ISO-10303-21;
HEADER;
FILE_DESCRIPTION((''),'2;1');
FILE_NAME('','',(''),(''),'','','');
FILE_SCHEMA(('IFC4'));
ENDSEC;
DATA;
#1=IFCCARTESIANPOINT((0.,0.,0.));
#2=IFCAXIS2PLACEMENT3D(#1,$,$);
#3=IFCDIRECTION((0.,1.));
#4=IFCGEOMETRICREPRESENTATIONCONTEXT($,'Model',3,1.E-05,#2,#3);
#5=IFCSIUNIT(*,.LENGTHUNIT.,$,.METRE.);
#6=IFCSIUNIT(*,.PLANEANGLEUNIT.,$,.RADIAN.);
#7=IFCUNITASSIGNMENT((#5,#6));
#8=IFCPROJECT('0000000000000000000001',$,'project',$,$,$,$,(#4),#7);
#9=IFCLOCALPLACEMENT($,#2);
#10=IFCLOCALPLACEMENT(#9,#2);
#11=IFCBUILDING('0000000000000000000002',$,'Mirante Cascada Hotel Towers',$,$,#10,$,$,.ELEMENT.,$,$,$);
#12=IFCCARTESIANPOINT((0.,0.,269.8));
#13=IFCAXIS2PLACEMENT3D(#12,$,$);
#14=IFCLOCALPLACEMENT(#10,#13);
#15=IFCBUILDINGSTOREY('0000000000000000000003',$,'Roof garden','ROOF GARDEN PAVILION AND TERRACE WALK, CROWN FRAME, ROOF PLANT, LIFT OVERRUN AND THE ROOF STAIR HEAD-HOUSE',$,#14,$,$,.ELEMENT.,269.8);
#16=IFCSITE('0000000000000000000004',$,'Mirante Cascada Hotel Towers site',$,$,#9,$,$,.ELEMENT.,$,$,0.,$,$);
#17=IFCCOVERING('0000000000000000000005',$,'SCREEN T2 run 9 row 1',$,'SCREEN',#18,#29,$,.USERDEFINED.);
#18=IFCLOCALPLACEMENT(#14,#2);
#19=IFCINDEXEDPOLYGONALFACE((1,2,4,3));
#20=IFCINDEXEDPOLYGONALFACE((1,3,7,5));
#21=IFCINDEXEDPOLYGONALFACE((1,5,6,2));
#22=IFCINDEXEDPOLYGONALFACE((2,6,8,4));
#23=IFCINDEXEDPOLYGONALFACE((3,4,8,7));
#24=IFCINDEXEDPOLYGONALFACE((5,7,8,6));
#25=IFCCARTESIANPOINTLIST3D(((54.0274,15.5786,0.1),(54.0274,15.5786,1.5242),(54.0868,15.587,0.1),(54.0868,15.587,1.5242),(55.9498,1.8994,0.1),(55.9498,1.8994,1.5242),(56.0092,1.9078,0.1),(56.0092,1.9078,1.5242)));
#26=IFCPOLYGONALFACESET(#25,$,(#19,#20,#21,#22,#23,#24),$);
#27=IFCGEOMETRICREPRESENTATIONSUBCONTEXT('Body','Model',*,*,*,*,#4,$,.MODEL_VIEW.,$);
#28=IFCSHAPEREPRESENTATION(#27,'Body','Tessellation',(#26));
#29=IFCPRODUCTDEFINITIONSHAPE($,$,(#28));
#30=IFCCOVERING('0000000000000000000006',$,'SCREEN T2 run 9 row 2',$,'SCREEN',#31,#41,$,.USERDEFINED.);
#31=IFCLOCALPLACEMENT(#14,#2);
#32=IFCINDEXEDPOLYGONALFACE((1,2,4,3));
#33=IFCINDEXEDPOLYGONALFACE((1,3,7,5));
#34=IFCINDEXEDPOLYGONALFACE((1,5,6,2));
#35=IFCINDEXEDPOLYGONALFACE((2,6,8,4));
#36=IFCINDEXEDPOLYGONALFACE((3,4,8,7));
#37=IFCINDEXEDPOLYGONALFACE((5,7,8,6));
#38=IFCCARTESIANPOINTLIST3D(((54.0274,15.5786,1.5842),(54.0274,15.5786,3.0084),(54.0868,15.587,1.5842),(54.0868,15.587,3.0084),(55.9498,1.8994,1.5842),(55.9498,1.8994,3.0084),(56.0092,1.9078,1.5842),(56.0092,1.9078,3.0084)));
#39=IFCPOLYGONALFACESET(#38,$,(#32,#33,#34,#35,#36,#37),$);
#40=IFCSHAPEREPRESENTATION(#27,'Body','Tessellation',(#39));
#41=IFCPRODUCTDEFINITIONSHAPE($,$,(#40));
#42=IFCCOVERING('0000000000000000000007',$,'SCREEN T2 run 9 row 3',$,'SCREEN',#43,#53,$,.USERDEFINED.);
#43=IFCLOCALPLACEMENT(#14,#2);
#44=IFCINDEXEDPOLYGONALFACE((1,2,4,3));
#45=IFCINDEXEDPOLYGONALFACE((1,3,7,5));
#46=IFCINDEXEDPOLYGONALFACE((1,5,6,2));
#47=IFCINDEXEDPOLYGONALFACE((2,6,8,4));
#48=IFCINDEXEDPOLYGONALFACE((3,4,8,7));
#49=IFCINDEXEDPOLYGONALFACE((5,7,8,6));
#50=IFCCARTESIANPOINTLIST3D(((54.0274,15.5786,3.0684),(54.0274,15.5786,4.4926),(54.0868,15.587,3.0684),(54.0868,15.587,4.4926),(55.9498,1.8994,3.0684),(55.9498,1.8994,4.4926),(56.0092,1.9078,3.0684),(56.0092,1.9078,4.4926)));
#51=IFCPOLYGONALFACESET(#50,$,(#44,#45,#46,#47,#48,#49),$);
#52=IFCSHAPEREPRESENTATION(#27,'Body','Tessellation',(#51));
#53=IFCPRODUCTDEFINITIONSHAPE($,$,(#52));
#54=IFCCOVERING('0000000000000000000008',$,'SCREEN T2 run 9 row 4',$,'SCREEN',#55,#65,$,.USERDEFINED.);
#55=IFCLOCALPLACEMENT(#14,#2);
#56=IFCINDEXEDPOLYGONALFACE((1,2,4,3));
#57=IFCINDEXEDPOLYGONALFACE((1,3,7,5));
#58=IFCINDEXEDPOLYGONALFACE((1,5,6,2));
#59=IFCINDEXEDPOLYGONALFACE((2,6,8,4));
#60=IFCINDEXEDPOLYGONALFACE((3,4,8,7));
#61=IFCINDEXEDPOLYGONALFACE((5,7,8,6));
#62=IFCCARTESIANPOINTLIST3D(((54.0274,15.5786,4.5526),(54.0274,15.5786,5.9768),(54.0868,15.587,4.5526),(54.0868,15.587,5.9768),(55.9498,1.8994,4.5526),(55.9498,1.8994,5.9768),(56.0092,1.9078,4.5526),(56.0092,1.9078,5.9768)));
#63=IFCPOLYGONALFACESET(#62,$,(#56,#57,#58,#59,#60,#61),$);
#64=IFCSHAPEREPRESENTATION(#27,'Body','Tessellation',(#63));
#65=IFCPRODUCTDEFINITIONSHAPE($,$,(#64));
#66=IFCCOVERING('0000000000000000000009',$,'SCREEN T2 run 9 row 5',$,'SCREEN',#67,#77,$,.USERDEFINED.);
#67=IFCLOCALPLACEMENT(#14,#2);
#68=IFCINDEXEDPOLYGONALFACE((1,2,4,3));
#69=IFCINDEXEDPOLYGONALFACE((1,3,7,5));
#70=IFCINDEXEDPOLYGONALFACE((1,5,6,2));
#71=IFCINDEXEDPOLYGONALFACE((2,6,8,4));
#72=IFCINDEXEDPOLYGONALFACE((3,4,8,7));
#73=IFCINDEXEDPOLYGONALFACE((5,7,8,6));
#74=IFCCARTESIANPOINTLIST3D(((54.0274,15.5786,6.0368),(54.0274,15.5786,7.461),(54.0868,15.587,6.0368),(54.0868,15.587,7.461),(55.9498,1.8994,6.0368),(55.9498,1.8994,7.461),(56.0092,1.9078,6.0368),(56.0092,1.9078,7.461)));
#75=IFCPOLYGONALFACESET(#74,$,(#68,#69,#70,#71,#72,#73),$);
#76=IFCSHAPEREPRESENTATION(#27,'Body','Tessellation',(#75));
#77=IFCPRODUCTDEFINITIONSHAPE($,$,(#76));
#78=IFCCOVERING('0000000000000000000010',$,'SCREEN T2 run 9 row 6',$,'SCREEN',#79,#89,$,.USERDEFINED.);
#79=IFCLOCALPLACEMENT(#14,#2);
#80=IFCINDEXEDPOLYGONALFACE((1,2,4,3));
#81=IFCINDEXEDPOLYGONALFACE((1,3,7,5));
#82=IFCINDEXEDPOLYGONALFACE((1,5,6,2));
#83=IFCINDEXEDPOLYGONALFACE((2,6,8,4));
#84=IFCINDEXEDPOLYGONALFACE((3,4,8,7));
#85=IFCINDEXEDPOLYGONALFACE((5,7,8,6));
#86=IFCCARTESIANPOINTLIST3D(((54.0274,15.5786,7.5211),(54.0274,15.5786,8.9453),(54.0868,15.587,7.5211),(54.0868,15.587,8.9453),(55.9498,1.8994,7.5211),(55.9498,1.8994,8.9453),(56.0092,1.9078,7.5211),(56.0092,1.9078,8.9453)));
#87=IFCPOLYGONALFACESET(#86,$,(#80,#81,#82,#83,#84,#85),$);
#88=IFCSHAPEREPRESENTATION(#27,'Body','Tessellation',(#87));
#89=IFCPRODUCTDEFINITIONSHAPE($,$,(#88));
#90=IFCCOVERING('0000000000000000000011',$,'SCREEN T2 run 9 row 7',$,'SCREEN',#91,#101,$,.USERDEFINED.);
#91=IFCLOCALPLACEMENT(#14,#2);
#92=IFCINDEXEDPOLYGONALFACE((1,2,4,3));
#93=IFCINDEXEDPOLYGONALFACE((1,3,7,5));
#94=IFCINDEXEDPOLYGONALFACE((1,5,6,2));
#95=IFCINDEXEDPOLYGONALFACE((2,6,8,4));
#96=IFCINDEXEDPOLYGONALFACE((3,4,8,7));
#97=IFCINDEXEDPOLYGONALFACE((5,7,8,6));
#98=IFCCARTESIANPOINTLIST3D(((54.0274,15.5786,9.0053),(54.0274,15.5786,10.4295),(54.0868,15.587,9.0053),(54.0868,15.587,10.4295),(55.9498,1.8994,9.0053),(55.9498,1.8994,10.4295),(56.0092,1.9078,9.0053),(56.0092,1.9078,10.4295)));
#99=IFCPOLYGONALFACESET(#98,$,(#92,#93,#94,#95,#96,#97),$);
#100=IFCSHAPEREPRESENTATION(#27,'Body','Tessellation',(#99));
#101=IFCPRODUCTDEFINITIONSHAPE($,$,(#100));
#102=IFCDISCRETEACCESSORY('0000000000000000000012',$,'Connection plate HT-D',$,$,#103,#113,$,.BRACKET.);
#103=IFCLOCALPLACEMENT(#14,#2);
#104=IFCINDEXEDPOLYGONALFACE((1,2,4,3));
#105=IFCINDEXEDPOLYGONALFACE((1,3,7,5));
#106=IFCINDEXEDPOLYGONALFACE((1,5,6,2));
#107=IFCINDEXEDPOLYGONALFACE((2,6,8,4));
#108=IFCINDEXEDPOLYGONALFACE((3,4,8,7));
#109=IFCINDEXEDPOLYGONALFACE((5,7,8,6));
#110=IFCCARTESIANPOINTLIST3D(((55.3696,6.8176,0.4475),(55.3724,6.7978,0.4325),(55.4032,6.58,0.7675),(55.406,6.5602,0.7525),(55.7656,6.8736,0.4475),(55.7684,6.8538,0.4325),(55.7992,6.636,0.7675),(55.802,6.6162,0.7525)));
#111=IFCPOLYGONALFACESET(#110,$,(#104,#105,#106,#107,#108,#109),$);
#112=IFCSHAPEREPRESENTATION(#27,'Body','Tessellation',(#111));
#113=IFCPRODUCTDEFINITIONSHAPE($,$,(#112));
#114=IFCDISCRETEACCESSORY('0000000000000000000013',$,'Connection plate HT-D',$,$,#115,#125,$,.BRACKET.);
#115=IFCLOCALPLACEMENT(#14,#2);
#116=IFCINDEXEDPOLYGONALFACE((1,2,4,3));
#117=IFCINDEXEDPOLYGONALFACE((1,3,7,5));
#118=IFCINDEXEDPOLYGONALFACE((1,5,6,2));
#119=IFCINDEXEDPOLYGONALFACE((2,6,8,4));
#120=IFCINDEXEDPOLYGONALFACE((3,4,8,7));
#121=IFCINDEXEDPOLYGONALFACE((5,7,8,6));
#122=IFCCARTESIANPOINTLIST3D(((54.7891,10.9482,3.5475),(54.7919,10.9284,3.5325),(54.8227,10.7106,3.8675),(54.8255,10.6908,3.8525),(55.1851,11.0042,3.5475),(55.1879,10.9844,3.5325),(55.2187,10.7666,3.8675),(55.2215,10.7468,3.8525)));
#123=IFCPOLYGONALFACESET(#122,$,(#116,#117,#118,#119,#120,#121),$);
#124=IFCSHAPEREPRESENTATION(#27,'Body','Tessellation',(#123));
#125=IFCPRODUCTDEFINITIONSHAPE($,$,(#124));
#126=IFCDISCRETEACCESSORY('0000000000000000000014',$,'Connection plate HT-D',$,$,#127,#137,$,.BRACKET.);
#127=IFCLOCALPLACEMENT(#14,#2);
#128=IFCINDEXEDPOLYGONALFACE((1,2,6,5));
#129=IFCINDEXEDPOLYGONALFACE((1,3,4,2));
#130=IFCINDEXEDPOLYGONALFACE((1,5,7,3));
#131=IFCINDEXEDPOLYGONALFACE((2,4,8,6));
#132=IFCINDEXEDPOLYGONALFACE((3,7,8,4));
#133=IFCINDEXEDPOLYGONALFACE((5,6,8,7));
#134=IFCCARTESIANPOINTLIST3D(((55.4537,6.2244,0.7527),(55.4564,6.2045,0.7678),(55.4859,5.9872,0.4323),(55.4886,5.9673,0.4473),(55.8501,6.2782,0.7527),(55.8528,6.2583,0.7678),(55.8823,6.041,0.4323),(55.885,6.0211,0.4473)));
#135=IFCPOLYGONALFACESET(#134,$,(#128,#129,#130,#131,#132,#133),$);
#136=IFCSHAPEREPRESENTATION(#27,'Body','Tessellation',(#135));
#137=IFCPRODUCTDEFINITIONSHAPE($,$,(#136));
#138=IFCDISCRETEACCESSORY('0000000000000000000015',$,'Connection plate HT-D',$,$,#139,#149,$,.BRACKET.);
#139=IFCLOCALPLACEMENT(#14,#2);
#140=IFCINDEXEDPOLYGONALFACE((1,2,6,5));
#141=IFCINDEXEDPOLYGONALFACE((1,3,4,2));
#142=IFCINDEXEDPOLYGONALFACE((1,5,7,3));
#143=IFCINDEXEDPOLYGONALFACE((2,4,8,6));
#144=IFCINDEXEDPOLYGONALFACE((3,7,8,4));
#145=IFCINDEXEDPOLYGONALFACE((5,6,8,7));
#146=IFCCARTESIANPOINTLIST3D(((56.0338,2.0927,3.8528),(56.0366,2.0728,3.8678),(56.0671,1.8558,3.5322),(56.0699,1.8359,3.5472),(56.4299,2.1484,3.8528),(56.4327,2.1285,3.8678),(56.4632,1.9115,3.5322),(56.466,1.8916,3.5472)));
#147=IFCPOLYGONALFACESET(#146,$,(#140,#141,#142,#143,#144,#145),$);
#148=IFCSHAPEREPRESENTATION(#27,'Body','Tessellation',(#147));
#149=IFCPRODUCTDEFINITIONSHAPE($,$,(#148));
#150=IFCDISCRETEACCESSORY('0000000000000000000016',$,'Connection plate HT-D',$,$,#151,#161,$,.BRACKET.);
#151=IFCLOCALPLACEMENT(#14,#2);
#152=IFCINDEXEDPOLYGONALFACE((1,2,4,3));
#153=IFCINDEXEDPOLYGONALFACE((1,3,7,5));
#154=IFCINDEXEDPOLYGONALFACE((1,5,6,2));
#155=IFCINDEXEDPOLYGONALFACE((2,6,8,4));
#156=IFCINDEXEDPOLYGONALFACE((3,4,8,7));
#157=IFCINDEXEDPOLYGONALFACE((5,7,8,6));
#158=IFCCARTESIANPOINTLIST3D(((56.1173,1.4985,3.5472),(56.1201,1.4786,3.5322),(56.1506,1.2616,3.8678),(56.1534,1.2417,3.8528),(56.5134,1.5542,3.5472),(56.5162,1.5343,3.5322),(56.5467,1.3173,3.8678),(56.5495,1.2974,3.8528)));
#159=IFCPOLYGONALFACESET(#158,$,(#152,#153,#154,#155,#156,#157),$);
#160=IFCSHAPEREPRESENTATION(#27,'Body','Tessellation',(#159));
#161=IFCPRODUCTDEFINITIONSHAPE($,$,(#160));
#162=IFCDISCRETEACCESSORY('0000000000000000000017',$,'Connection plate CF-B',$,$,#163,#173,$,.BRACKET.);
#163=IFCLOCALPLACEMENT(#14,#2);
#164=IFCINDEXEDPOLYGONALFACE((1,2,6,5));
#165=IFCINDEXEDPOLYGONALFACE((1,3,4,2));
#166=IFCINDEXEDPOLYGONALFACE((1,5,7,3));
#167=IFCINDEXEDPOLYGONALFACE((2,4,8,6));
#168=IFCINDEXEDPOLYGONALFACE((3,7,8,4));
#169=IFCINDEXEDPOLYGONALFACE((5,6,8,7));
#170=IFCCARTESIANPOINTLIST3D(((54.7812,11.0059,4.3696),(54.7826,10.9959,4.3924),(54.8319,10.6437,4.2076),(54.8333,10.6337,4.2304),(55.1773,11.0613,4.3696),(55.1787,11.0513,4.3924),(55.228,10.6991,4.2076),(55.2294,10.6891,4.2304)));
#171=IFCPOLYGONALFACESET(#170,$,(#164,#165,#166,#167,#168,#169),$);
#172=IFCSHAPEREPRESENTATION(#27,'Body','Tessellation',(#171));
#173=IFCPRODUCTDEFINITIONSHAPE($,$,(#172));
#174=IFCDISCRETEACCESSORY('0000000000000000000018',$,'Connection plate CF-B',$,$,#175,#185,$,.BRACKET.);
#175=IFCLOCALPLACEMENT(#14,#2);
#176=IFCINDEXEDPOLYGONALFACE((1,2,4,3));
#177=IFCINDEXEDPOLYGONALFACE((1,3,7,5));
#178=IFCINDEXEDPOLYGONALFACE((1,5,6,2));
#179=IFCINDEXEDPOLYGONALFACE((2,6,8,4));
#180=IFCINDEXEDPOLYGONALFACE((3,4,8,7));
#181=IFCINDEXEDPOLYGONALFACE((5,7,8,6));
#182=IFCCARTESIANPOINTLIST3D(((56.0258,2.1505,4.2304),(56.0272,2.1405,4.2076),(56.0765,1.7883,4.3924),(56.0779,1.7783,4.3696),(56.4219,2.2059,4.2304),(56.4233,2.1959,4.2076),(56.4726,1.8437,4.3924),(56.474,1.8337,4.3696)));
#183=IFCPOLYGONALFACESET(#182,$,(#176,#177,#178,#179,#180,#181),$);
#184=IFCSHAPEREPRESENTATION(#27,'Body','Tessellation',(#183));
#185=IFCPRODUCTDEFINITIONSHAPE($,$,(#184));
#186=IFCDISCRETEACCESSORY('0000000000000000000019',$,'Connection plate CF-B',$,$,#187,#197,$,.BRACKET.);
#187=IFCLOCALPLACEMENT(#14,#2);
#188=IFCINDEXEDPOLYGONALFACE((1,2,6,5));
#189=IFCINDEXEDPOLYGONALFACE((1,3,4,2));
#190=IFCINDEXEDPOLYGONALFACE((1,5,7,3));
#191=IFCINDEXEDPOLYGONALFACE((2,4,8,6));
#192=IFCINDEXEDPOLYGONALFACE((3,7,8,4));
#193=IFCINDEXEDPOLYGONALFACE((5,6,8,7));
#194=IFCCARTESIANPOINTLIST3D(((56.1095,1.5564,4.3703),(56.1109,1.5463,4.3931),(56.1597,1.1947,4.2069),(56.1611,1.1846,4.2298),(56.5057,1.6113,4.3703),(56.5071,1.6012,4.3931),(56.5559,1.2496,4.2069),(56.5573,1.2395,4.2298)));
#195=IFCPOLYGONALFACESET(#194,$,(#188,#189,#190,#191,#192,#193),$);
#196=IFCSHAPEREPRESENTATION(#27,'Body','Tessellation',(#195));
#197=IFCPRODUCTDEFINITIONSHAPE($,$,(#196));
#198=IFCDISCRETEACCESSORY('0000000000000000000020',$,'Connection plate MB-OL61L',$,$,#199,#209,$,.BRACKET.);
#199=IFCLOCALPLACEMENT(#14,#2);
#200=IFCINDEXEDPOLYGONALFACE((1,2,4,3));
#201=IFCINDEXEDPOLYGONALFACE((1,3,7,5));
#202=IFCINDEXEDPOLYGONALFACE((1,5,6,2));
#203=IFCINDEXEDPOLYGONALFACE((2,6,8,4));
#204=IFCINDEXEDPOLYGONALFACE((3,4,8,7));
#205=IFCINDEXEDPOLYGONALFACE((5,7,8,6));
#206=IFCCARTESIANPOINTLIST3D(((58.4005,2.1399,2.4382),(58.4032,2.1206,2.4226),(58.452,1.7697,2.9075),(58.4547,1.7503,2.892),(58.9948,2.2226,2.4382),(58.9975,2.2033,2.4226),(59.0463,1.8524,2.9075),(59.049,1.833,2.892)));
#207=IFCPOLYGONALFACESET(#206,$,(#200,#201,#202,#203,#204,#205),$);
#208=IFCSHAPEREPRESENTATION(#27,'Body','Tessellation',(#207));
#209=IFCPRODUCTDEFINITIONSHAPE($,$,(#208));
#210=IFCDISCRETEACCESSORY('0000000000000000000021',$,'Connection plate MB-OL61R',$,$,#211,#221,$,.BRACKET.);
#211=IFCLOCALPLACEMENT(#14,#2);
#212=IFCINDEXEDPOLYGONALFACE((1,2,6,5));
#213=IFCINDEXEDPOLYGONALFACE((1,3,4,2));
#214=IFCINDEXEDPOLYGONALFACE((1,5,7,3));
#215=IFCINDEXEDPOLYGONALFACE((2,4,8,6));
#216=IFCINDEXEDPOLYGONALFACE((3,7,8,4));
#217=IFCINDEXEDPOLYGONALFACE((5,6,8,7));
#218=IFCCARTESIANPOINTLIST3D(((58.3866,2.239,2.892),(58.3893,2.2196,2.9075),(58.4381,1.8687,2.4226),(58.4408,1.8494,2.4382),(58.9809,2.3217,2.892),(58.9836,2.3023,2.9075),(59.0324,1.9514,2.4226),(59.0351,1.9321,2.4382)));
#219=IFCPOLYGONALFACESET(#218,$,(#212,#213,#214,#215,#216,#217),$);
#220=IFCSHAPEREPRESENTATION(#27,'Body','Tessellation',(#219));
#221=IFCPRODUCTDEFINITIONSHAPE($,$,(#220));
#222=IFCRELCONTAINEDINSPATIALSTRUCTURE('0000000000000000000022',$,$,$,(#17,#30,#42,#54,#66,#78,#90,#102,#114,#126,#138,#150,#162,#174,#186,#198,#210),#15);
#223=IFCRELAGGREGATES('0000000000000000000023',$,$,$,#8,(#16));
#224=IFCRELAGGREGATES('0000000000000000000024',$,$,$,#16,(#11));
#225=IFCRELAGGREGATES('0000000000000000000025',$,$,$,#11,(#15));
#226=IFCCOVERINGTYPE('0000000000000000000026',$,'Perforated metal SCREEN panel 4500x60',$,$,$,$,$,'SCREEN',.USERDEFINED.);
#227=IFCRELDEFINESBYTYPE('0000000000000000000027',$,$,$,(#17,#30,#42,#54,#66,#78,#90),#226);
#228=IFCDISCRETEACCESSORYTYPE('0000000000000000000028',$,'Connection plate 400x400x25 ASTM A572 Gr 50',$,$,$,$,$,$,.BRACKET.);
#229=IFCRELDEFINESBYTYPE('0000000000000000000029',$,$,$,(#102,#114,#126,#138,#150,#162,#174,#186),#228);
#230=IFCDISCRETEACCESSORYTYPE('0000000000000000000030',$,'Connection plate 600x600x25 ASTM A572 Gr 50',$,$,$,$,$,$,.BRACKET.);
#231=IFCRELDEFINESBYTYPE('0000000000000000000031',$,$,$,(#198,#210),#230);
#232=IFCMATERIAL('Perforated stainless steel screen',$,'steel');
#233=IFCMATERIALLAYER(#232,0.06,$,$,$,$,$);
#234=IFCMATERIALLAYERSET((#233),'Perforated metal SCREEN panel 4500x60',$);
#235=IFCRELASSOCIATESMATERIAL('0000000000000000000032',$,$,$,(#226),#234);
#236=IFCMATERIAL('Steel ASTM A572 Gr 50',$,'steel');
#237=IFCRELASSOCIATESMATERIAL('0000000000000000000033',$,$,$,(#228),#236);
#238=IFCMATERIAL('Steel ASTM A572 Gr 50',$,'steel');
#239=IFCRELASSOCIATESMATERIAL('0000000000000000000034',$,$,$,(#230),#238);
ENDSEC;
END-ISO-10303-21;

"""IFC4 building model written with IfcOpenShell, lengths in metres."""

from ifc_helpers import new_model, si_unit, direction, frame, origin, origin_2d, place, context, subcontext, project, spatial, rectangle, extrude, material, layer, layer_set, material_profile, profile_set, type_object, element, save


model = new_model("IFC4")

# Units and contexts
model_context = context("Model", 3, precision=1e-05, world=origin(), true_north=direction((0.0, 1.0)))
body_context = subcontext(model_context, "Body", "Model", "MODEL_VIEW")
ifc_project = project(units=[si_unit("LENGTHUNIT", "METRE"), si_unit("PLANEANGLEUNIT", "RADIAN")], contexts=[model_context])

# Site, building, storey
site_placement = place(None, origin())
site = spatial("IfcSite", under=ifc_project, at=site_placement, Name="Mirante Cascada Hotel Towers site", CompositionType="ELEMENT", RefElevation=0.0)
building_placement = place(site_placement, origin())
building = spatial("IfcBuilding", under=site, at=building_placement, Name="Mirante Cascada Hotel Towers", CompositionType="ELEMENT")
storey_placement = place(building_placement, frame((0.0, 0.0, 269.8)))
storey = spatial("IfcBuildingStorey", under=building, at=storey_placement, Name="Roof garden", Description="ROOF GARDEN PAVILION AND TERRACE WALK, CROWN FRAME, ROOF PLANT, LIFT OVERRUN AND THE ROOF STAIR HEAD-HOUSE", CompositionType="ELEMENT", Elevation=269.8)

# Coverings
ifc_material_1 = material(Name="Perforated stainless steel screen", Category="steel")
ifc_layer = layer(ifc_material_1, 0.06)
ifc_layer_set = layer_set([ifc_layer], Name="Perforated metal SCREEN panel 4500x60")
covering_type = type_object("IfcCoveringType", Name="Perforated metal SCREEN panel 4500x60", ElementType="SCREEN", PredefinedType="USERDEFINED", material=ifc_layer_set)
for number, where, z_axis, x_axis, name in (
    (1, (55.0183, 8.7432, 0.1), (0.0, 0.0, 1.0), (0.139173, -0.990268, 0.0), "SCREEN T2 run 9 row 1"),
    (2, (55.0183, 8.7432, 1.5842), (0.0, 0.0, 1.0), (0.139173, -0.990268, 0.0), "SCREEN T2 run 9 row 2"),
    (3, (55.0183, 8.7432, 3.0684), (0.0, 0.0, 1.0), (0.139173, -0.990268, 0.0), "SCREEN T2 run 9 row 3"),
    (4, (55.0183, 8.7432, 4.5526), (0.0, 0.0, 1.0), (0.139173, -0.990268, 0.0), "SCREEN T2 run 9 row 4"),
    (5, (55.0183, 8.7432, 6.0368), (0.0, 0.0, 1.0), (0.139173, -0.990268, 0.0), "SCREEN T2 run 9 row 5"),
    (6, (55.0183, 8.7432, 7.5211), (0.0, 0.0, 1.0), (0.139173, -0.990268, 0.0), "SCREEN T2 run 9 row 6"),
    (7, (55.0183, 8.7432, 9.0053), (0.0, 0.0, 1.0), (0.139173, -0.990268, 0.0), "SCREEN T2 run 9 row 7"),
):
    element("IfcCovering", number, at=place(storey_placement, frame(where, z_axis=z_axis, x_axis=x_axis)), inside=storey, type_object=covering_type, Name=name, ObjectType="SCREEN", PredefinedType="USERDEFINED", context=body_context, shape_type="SweptSolid", body=[
        extrude(rectangle(XDim=13.8136, YDim=0.06, at=origin_2d()), origin(), (0.0, 0.0, 1.0), 1.4242),
    ])

# Discrete accessories
ifc_material_2 = material(Name="Steel ASTM A572 Gr 50", Category="steel")
ifc_material_profile_1 = material_profile(ifc_material_2, rectangle(XDim=0.4, YDim=0.4, at=origin_2d()), Name="Connection plate 400x400x25 ASTM A572 Gr 50")
ifc_profile_set_1 = profile_set([ifc_material_profile_1], Name="Steel ASTM A572 Gr 50")
discrete_accessory_type_1 = type_object("IfcDiscreteAccessoryType", Name="Connection plate 400x400x25 ASTM A572 Gr 50", PredefinedType="BRACKET", material=ifc_profile_set_1)
for number, where, z_axis, x_axis, name in (
    (8, (55.5872, 6.707, 0.5925), (-0.112011, 0.792076, 0.600058), (-0.990148, -0.140021, 0.0), "Connection plate HT-D"),
    (9, (55.0067, 10.8376, 3.6925), (-0.112011, 0.792076, 0.600058), (-0.990148, -0.140021, 0.0), "Connection plate HT-D"),
):
    element("IfcDiscreteAccessory", number, at=place(storey_placement, frame(where, z_axis=z_axis, x_axis=x_axis)), inside=storey, type_object=discrete_accessory_type_1, Name=name, PredefinedType="BRACKET", context=body_context, shape_type="SweptSolid", body=[
        extrude(rectangle(XDim=0.4, YDim=0.4, at=origin_2d()), origin(), (0.0, 0.0, 1.0), 0.025),
    ])
for number, where, z_axis, x_axis, name in (
    (10, (55.668, 6.1327, 0.5925), (0.107716, -0.793907, 0.598422), (0.990921, 0.134446, 0.0), "Connection plate HT-D"),
    (11, (56.2485, 2.0021, 3.6925), (0.111657, -0.79356, 0.59816), (0.990246, 0.139331, 0.0), "Connection plate HT-D"),
    (12, (56.3348, 1.388, 3.6925), (-0.111657, 0.79356, 0.59816), (-0.990246, -0.139331, 0.0), "Connection plate HT-D"),
):
    element("IfcDiscreteAccessory", number, at=place(storey_placement, frame(where, z_axis=z_axis, x_axis=x_axis)), inside=storey, type_object=discrete_accessory_type_1, Name=name, PredefinedType="BRACKET", context=body_context, shape_type="SweptSolid", body=[
        extrude(rectangle(XDim=0.4, YDim=0.4, at=origin_2d()), origin(), (0.0, 0.0, 1.0), 0.0251),
    ])
for number, where, z_axis, x_axis, name in (
    (13, (55.0046, 10.8525, 4.2886), (0.056144, -0.401028, 0.914344), (0.990342, 0.138648, 0.0), "Connection plate CF-B"),
    (14, (56.2506, 1.9871, 4.2886), (-0.056144, 0.401028, 0.914344), (-0.990342, -0.138648, 0.0), "Connection plate CF-B"),
):
    element("IfcDiscreteAccessory", number, at=place(storey_placement, frame(where, z_axis=z_axis, x_axis=x_axis)), inside=storey, type_object=discrete_accessory_type_1, Name=name, PredefinedType="BRACKET", context=body_context, shape_type="SweptSolid", body=[
        extrude(rectangle(XDim=0.4, YDim=0.4, at=origin_2d()), origin(), (0.0, 0.0, 1.0), 0.0249),
    ])
discrete_accessory_placement = place(storey_placement, frame((56.3327, 1.403, 4.2886), z_axis=(0.056053, -0.404385, 0.91287), x_axis=(0.990529, 0.137301, 0.0)))
element("IfcDiscreteAccessory", 15, at=discrete_accessory_placement, inside=storey, type_object=discrete_accessory_type_1, Name="Connection plate CF-B", PredefinedType="BRACKET", context=body_context, shape_type="SweptSolid", body=[
    extrude(rectangle(XDim=0.4, YDim=0.4, at=origin_2d()), origin(), (0.0, 0.0, 1.0), 0.025),
])
ifc_material_3 = material(Name="Steel ASTM A572 Gr 50", Category="steel")
ifc_material_profile_2 = material_profile(ifc_material_3, rectangle(XDim=0.6, YDim=0.6, at=origin_2d()), Name="Connection plate 600x600x25 ASTM A572 Gr 50")
ifc_profile_set_2 = profile_set([ifc_material_profile_2], Name="Steel ASTM A572 Gr 50")
discrete_accessory_type_2 = type_object("IfcDiscreteAccessoryType", Name="Connection plate 600x600x25 ASTM A572 Gr 50", PredefinedType="BRACKET", material=ifc_profile_set_2)
for number, where, z_axis, x_axis, name in (
    (16, (58.7261, 1.9768, 2.6573), (-0.107827, 0.774755, 0.622999), (-0.990454, -0.137847, 0.0), "Connection plate MB-OL61L"),
    (17, (58.7095, 2.0952, 2.6573), (0.107827, -0.774755, 0.622999), (0.990454, 0.137847, 0.0), "Connection plate MB-OL61R"),
):
    element("IfcDiscreteAccessory", number, at=place(storey_placement, frame(where, z_axis=z_axis, x_axis=x_axis)), inside=storey, type_object=discrete_accessory_type_2, Name=name, PredefinedType="BRACKET", context=body_context, shape_type="SweptSolid", body=[
        extrude(rectangle(XDim=0.6, YDim=0.6, at=origin_2d()), origin(), (0.0, 0.0, 1.0), 0.025),
    ])

save(model, "model.ifc")
